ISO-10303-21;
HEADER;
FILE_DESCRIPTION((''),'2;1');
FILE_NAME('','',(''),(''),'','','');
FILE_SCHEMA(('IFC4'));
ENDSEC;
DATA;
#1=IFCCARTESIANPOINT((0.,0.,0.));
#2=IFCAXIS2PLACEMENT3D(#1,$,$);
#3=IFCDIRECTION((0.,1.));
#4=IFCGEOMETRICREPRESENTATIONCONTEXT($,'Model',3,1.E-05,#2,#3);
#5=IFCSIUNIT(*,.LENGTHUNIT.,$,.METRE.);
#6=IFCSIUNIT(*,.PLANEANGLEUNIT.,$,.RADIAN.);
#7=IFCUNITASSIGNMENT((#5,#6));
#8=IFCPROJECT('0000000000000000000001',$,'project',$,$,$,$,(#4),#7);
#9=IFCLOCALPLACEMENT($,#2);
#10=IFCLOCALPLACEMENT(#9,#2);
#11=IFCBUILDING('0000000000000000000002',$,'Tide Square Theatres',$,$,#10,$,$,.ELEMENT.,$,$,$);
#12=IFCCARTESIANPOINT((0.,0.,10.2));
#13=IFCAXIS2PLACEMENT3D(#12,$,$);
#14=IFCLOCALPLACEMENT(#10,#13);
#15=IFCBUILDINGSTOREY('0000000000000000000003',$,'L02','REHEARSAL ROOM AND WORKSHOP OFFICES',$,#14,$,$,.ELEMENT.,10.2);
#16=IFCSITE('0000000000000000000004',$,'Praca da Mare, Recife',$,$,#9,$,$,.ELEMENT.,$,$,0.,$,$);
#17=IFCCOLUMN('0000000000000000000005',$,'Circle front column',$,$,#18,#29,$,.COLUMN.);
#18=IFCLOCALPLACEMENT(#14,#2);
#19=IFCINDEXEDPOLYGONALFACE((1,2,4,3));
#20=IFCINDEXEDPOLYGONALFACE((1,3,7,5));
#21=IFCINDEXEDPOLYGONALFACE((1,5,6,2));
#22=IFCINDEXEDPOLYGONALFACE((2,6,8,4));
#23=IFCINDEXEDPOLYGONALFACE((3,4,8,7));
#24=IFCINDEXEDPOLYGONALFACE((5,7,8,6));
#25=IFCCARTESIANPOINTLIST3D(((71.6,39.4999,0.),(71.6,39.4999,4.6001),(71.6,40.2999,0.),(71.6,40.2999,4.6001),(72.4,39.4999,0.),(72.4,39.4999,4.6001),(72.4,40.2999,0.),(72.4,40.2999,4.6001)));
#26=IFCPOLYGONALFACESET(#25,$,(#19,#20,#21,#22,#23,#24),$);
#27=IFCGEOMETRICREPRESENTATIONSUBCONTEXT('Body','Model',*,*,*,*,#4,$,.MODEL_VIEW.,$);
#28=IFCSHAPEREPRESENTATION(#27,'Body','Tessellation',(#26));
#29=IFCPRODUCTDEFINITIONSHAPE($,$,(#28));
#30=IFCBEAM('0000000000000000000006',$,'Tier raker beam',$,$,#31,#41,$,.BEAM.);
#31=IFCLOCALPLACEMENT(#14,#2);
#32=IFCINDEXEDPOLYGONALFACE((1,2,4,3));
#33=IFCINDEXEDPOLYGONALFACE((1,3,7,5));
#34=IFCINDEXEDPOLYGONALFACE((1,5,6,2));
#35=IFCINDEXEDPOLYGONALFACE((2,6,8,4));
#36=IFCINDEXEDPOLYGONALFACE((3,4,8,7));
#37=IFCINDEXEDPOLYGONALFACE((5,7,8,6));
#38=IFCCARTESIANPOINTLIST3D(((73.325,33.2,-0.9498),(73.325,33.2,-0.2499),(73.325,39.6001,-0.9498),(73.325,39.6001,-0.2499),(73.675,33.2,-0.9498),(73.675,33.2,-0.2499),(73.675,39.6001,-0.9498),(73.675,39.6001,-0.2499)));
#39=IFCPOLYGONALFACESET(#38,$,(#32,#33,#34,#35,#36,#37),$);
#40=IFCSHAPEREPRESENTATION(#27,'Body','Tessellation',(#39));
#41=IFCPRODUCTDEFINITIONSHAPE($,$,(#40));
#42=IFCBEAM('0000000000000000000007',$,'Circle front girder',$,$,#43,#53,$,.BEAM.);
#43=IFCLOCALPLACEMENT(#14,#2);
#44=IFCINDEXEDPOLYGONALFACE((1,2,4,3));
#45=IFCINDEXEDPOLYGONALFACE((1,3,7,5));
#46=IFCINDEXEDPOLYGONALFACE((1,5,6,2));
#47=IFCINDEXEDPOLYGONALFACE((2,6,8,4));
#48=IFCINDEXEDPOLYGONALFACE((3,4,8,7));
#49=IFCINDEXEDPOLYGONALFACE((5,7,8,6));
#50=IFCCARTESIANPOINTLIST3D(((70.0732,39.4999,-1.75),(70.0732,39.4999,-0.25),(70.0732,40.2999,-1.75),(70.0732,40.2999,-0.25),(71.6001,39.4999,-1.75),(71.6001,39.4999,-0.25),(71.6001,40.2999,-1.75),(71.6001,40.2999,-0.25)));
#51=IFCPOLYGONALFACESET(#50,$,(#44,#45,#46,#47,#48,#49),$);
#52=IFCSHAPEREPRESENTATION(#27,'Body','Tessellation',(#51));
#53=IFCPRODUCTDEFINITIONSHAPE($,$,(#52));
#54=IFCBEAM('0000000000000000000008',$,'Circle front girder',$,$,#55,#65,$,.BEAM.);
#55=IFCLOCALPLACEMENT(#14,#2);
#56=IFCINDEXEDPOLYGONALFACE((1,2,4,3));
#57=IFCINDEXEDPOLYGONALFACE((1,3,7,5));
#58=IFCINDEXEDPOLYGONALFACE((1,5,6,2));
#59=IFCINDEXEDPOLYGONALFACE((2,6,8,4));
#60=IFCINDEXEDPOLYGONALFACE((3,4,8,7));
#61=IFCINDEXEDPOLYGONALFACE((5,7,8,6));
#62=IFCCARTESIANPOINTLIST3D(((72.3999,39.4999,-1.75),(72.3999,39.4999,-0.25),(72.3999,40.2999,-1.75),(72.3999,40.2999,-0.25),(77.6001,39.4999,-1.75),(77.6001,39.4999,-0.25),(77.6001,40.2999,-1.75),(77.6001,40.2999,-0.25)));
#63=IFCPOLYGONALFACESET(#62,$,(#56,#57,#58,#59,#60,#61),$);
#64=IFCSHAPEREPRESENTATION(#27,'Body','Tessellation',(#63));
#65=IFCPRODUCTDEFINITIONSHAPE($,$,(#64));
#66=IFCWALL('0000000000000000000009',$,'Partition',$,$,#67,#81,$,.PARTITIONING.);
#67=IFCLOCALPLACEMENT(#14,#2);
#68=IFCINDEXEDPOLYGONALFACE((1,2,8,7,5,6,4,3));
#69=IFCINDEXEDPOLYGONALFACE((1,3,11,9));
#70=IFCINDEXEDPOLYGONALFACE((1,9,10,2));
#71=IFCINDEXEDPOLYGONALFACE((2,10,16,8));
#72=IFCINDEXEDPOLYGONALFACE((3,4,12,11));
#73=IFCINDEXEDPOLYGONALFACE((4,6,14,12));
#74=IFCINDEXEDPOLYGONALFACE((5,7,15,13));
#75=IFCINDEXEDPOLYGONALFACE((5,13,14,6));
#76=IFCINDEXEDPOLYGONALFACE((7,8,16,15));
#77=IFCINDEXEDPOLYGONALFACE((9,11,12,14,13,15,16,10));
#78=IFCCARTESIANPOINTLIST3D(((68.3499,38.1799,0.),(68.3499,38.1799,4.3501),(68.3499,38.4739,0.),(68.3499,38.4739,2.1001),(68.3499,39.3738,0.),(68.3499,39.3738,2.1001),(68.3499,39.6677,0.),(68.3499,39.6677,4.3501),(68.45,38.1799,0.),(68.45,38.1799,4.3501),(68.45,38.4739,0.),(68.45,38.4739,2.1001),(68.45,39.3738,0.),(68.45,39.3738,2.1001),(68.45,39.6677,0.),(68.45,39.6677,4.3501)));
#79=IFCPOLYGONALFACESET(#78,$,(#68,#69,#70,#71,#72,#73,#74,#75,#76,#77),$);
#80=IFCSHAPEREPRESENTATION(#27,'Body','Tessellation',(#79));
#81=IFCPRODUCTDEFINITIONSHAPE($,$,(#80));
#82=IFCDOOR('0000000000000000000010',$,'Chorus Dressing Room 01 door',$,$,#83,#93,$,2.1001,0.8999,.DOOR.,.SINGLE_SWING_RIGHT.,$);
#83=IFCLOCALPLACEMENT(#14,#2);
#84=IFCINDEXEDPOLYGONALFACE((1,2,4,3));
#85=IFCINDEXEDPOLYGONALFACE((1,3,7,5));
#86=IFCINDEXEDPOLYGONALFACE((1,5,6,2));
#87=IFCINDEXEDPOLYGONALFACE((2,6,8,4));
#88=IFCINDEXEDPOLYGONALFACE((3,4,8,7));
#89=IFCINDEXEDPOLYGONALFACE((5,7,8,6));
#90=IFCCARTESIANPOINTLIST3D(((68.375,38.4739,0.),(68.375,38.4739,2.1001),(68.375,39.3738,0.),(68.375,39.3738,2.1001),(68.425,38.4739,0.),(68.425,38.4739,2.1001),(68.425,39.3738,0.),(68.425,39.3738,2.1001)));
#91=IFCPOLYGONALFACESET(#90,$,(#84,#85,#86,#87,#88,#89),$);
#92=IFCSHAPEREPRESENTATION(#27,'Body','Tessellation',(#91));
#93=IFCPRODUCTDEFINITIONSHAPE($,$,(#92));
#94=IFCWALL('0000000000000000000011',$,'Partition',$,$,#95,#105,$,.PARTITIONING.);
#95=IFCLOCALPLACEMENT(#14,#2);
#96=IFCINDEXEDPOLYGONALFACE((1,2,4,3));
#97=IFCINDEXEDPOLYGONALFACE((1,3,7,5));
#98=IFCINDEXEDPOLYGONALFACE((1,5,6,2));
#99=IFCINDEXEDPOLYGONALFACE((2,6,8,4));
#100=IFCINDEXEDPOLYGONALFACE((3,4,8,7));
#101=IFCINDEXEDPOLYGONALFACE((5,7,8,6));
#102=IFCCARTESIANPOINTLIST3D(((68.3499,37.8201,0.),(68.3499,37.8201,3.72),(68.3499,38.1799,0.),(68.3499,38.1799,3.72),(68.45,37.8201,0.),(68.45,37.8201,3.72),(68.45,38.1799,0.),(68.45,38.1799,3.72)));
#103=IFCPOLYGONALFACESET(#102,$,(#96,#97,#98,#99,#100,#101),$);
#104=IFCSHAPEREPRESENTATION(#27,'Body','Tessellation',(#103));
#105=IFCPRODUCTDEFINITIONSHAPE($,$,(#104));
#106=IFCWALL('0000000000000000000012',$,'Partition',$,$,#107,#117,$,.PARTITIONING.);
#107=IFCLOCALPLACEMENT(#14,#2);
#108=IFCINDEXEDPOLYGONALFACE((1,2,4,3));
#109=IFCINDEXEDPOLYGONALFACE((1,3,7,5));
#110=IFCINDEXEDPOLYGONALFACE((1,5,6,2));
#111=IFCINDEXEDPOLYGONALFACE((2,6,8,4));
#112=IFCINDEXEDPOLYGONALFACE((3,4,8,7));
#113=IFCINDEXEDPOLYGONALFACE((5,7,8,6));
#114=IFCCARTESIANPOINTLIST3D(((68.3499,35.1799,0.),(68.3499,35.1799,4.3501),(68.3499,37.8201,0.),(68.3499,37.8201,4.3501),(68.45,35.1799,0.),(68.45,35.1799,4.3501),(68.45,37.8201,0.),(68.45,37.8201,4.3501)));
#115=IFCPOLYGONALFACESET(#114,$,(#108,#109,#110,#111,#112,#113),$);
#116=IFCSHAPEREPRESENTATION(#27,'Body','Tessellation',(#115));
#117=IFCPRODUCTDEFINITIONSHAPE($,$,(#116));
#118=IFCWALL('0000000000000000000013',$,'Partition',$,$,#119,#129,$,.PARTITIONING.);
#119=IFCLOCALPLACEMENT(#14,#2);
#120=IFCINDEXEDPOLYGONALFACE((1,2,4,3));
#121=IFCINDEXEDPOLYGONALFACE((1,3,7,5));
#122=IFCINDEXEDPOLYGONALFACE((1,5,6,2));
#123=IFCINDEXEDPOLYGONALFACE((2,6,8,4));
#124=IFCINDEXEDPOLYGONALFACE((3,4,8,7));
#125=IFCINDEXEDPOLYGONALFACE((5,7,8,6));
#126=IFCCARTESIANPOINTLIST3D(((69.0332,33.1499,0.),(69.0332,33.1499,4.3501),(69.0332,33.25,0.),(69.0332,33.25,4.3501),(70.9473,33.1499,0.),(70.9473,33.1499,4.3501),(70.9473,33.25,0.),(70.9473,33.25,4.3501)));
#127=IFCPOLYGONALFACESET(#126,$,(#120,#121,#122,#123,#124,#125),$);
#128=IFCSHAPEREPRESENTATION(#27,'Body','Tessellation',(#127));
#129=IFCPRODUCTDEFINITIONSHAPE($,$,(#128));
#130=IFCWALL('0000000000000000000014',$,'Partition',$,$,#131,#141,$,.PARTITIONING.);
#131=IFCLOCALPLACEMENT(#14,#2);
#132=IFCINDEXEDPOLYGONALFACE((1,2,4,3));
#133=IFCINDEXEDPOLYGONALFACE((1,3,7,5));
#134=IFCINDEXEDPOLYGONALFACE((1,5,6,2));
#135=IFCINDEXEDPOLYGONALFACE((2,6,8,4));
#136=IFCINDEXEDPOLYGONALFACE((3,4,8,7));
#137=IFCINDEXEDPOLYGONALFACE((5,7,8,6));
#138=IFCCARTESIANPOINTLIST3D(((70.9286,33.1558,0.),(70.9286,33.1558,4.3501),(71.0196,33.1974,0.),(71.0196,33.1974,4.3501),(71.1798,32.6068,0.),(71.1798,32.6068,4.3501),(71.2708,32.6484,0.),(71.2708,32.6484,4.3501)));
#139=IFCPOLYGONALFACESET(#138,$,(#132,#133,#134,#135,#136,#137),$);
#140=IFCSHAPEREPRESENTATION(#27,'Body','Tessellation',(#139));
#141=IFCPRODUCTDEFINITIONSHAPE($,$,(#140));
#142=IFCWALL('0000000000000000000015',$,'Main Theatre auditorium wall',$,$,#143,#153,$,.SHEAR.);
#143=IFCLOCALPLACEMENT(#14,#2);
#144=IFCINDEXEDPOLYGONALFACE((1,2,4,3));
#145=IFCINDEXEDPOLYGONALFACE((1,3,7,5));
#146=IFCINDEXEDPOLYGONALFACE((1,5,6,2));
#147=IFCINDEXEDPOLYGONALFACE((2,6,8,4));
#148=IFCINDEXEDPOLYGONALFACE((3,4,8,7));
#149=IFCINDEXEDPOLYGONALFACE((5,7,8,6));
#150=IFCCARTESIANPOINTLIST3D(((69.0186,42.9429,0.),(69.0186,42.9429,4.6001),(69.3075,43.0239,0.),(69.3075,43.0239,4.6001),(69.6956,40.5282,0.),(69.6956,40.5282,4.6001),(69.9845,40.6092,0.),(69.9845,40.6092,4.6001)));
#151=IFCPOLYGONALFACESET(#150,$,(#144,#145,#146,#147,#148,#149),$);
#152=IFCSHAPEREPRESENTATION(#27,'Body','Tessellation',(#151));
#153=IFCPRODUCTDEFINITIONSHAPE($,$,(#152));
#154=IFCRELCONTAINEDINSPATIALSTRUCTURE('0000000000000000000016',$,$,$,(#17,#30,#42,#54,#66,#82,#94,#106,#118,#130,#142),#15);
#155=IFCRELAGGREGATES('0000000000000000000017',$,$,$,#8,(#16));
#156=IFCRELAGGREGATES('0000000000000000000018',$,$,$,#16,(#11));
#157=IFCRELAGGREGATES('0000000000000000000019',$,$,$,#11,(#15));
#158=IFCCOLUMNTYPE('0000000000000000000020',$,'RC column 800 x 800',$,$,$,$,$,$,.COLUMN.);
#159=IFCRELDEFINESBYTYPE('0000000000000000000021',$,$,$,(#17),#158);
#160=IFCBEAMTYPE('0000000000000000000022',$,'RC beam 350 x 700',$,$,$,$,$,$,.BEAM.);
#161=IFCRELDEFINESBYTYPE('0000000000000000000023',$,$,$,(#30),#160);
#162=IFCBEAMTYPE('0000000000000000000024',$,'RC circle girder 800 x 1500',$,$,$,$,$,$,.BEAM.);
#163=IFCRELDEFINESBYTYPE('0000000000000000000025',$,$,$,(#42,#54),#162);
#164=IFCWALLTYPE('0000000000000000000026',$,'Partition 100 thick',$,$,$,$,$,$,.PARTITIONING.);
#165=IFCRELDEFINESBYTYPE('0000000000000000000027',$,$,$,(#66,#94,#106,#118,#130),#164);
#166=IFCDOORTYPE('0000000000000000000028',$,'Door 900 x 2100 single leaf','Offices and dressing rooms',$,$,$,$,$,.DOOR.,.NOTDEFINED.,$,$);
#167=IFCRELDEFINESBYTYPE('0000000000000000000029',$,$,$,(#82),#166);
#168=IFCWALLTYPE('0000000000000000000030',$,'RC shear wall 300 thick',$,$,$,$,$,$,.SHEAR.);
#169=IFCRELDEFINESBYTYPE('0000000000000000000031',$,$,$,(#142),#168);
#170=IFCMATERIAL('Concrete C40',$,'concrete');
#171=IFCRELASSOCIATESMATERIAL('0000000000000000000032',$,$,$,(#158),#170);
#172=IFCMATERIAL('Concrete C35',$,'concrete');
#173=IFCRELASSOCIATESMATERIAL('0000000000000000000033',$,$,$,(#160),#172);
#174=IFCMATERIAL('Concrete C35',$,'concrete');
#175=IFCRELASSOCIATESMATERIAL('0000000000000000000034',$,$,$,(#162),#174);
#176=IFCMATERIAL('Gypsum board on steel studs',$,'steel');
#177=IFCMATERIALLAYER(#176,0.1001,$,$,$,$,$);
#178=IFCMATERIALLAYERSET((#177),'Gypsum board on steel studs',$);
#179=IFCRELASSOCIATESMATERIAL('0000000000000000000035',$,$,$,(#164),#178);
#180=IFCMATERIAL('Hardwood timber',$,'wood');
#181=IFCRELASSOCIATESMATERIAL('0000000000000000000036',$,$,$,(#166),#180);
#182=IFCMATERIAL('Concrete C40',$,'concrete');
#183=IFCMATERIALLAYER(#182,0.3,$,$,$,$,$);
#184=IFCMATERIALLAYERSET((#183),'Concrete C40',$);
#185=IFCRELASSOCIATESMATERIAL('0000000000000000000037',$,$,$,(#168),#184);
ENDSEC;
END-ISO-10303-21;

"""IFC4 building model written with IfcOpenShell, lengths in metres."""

from ifc_helpers import new_model, si_unit, direction, frame, frame_2d, origin, origin_2d, place, context, subcontext, project, spatial, rectangle, extrude, material, layer, layer_set, material_profile, profile_set, type_object, element, fill, save


model = new_model("IFC4")

# Units and contexts
model_context = context("Model", 3, precision=1e-05, world=origin(), true_north=direction((0.0, 1.0)))
body_context = subcontext(model_context, "Body", "Model", "MODEL_VIEW")
ifc_project = project(units=[si_unit("LENGTHUNIT", "METRE"), si_unit("PLANEANGLEUNIT", "RADIAN")], contexts=[model_context])

# Site, building, storey
site_placement = place(None, origin())
site = spatial("IfcSite", under=ifc_project, at=site_placement, Name="Praca da Mare, Recife", CompositionType="ELEMENT", RefElevation=0.0)
building_placement = place(site_placement, origin())
building = spatial("IfcBuilding", under=site, at=building_placement, Name="Tide Square Theatres", CompositionType="ELEMENT")
storey_placement = place(building_placement, frame((0.0, 0.0, 10.2)))
storey = spatial("IfcBuildingStorey", under=building, at=storey_placement, Name="L02", Description="REHEARSAL ROOM AND WORKSHOP OFFICES", CompositionType="ELEMENT", Elevation=10.2)

# Column
ifc_material_1 = material(Name="Concrete C40", Category="concrete")
ifc_material_profile_1 = material_profile(ifc_material_1, rectangle(XDim=0.8, YDim=0.8, at=origin_2d()))
ifc_profile_set_1 = profile_set([ifc_material_profile_1], Name="Concrete C40")
column_type = type_object("IfcColumnType", Name="RC column 800 x 800", PredefinedType="COLUMN", material=ifc_profile_set_1)
column_placement = place(storey_placement, frame((72.0, 39.8999, 0.0), z_axis=(0.0, 0.0, 1.0), x_axis=(1.0, 0.0, 0.0)))
element("IfcColumn", 1, at=column_placement, inside=storey, type_object=column_type, Name="Circle front column", PredefinedType="COLUMN", context=body_context, shape_type="SweptSolid", body=[
    extrude(rectangle(XDim=0.8, YDim=0.8, at=origin_2d()), origin(), (0.0, 0.0, 1.0), 4.6001),
])

# Beams
ifc_material_2 = material(Name="Concrete C35", Category="concrete")
ifc_material_profile_2 = material_profile(ifc_material_2, rectangle(XDim=0.3501, YDim=0.7, at=origin_2d()))
ifc_profile_set_2 = profile_set([ifc_material_profile_2], Name="Concrete C35")
beam_type_1 = type_object("IfcBeamType", Name="RC beam 350 x 700", PredefinedType="BEAM", material=ifc_profile_set_2)
beam_1_placement = place(storey_placement, frame((73.5, 33.2, -0.5999), z_axis=(0.0, 1.0, 0.0), x_axis=(-1.0, 0.0, 0.0)))
element("IfcBeam", 2, at=beam_1_placement, inside=storey, type_object=beam_type_1, Name="Tier raker beam", PredefinedType="BEAM", context=body_context, shape_type="SweptSolid", body=[
    extrude(rectangle(XDim=0.3501, YDim=0.7, at=origin_2d()), origin(), (0.0, 0.0, 1.0), 6.4001),
])
ifc_material_3 = material(Name="Concrete C35", Category="concrete")
ifc_material_profile_3 = material_profile(ifc_material_3, rectangle(XDim=0.8, YDim=1.5, at=origin_2d()))
ifc_profile_set_3 = profile_set([ifc_material_profile_3], Name="Concrete C35")
beam_type_2 = type_object("IfcBeamType", Name="RC circle girder 800 x 1500", PredefinedType="BEAM", material=ifc_profile_set_3)
beam_2_placement = place(storey_placement, frame((70.0732, 39.8999, -1.0), z_axis=(1.0, 0.0, 0.0), x_axis=(0.0, 1.0, 0.0)))
element("IfcBeam", 3, at=beam_2_placement, inside=storey, type_object=beam_type_2, Name="Circle front girder", PredefinedType="BEAM", context=body_context, shape_type="SweptSolid", body=[
    extrude(rectangle(XDim=0.8, YDim=1.5, at=origin_2d()), origin(), (0.0, 0.0, 1.0), 1.5269),
])
beam_3_placement = place(storey_placement, frame((72.3999, 39.8999, -1.0), z_axis=(1.0, 0.0, 0.0), x_axis=(0.0, 1.0, 0.0)))
element("IfcBeam", 4, at=beam_3_placement, inside=storey, type_object=beam_type_2, Name="Circle front girder", PredefinedType="BEAM", context=body_context, shape_type="SweptSolid", body=[
    extrude(rectangle(XDim=0.8, YDim=1.5, at=origin_2d()), origin(), (0.0, 0.0, 1.0), 5.2002),
])

# Wall, opening, door
ifc_material_4 = material(Name="Gypsum board on steel studs", Category="steel")
ifc_layer_1 = layer(ifc_material_4, 0.1001)
ifc_layer_set_1 = layer_set([ifc_layer_1], Name="Gypsum board on steel studs")
wall_type_1 = type_object("IfcWallType", Name="Partition 100 thick", PredefinedType="PARTITIONING", material=ifc_layer_set_1)
wall_1_placement = place(storey_placement, frame((68.3999, 39.6677, 0.0), z_axis=(0.0, 0.0, 1.0), x_axis=(0.0, -1.0, 0.0)))
wall_1 = element("IfcWall", 5, at=wall_1_placement, inside=storey, type_object=wall_type_1, Name="Partition", PredefinedType="PARTITIONING", context=body_context, shape_type="SweptSolid", body=[
    extrude(rectangle(XDim=1.4878, YDim=0.1001, at=frame_2d((0.7439, 0.0))), origin(), (0.0, 0.0, 1.0), 4.3501),
])
opening_1_placement = place(wall_1_placement, frame((0.2939, 0.0, 0.0)))
opening_1 = element("IfcOpeningElement", 6, at=opening_1_placement, cuts=wall_1, PredefinedType="OPENING", context=body_context, shape_type="SweptSolid", body=[
    extrude(rectangle(XDim=0.8999, YDim=2.1001, at=frame_2d((0.45, 1.05))), frame((0.0, 0.0601, 0.0), z_axis=(0.0, -1.0, 0.0), x_axis=(1.0, 0.0, 0.0)), (0.0, 0.0, 1.0), 0.1201),
])
ifc_material_5 = material(Name="Hardwood timber", Category="wood")
door_type_1 = type_object("IfcDoorType", Name="Door 900 x 2100 single leaf", Description="Offices and dressing rooms", OperationType="NOTDEFINED", PredefinedType="DOOR", material=ifc_material_5)
door_1_placement = place(opening_1_placement, frame((0.8999, 0.0, 0.0), z_axis=(0.0, 0.0, 1.0), x_axis=(-1.0, 0.0, 0.0)))
door_1 = element("IfcDoor", 7, at=door_1_placement, inside=storey, type_object=door_type_1, Name="Chorus Dressing Room 01 door", OperationType="SINGLE_SWING_RIGHT", OverallHeight=2.1001, OverallWidth=0.8999, PredefinedType="DOOR", context=body_context, shape_type="SweptSolid", body=[
    extrude(rectangle(XDim=0.8999, YDim=2.1001, at=frame_2d((0.45, 1.05))), frame((0.0, 0.0249, 0.0), z_axis=(0.0, -1.0, 0.0), x_axis=(1.0, 0.0, 0.0)), (0.0, 0.0, 1.0), 0.05),
])
fill(opening_1, door_1)

# Walls
wall_2_placement = place(storey_placement, frame((68.3999, 38.1799, 0.0), z_axis=(0.0, 0.0, 1.0), x_axis=(0.0, -1.0, 0.0)))
element("IfcWall", 8, at=wall_2_placement, inside=storey, type_object=wall_type_1, Name="Partition", PredefinedType="PARTITIONING", context=body_context, shape_type="SweptSolid", body=[
    extrude(rectangle(XDim=0.3599, YDim=0.1001, at=frame_2d((0.1799, 0.0))), origin(), (0.0, 0.0, 1.0), 3.72),
])
wall_3_placement = place(storey_placement, frame((68.3999, 37.8201, 0.0), z_axis=(0.0, 0.0, 1.0), x_axis=(0.0, -1.0, 0.0)))
element("IfcWall", 9, at=wall_3_placement, inside=storey, type_object=wall_type_1, Name="Partition", PredefinedType="PARTITIONING", context=body_context, shape_type="SweptSolid", body=[
    extrude(rectangle(XDim=2.6401, YDim=0.1001, at=frame_2d((1.3201, 0.0))), origin(), (0.0, 0.0, 1.0), 4.3501),
])
wall_4_placement = place(storey_placement, frame((69.0332, 33.2, 0.0), z_axis=(0.0, 0.0, 1.0), x_axis=(1.0, 0.0, 0.0)))
element("IfcWall", 10, at=wall_4_placement, inside=storey, type_object=wall_type_1, Name="Partition", PredefinedType="PARTITIONING", context=body_context, shape_type="SweptSolid", body=[
    extrude(rectangle(XDim=1.9141, YDim=0.1001, at=frame_2d((0.957, 0.0))), origin(), (0.0, 0.0, 1.0), 4.3501),
])
wall_5_placement = place(storey_placement, frame((70.9741, 33.1765, 0.0), z_axis=(0.0, 0.0, 1.0), x_axis=(0.416056, -0.909339, 0.0)))
element("IfcWall", 11, at=wall_5_placement, inside=storey, type_object=wall_type_1, Name="Partition", PredefinedType="PARTITIONING", context=body_context, shape_type="SweptSolid", body=[
    extrude(rectangle(XDim=0.6038, YDim=0.1001, at=frame_2d((0.3018, 0.0))), origin(), (0.0, 0.0, 1.0), 4.3501),
])
ifc_material_6 = material(Name="Concrete C40", Category="concrete")
ifc_layer_2 = layer(ifc_material_6, 0.3)
ifc_layer_set_2 = layer_set([ifc_layer_2], Name="Concrete C40")
wall_type_2 = type_object("IfcWallType", Name="RC shear wall 300 thick", PredefinedType="SHEAR", material=ifc_layer_set_2)
wall_6_placement = place(storey_placement, frame((69.1631, 42.9834, 0.0), z_axis=(0.0, 0.0, 1.0), x_axis=(0.269948, -0.962875, 0.0)))
element("IfcWall", 12, at=wall_6_placement, inside=storey, type_object=wall_type_2, Name="Main Theatre auditorium wall", PredefinedType="SHEAR", context=body_context, shape_type="SweptSolid", body=[
    extrude(rectangle(XDim=2.5078, YDim=0.3, at=frame_2d((1.2539, 0.0))), origin(), (0.0, 0.0, 1.0), 4.6001),
])

save(model, "model.ifc")
